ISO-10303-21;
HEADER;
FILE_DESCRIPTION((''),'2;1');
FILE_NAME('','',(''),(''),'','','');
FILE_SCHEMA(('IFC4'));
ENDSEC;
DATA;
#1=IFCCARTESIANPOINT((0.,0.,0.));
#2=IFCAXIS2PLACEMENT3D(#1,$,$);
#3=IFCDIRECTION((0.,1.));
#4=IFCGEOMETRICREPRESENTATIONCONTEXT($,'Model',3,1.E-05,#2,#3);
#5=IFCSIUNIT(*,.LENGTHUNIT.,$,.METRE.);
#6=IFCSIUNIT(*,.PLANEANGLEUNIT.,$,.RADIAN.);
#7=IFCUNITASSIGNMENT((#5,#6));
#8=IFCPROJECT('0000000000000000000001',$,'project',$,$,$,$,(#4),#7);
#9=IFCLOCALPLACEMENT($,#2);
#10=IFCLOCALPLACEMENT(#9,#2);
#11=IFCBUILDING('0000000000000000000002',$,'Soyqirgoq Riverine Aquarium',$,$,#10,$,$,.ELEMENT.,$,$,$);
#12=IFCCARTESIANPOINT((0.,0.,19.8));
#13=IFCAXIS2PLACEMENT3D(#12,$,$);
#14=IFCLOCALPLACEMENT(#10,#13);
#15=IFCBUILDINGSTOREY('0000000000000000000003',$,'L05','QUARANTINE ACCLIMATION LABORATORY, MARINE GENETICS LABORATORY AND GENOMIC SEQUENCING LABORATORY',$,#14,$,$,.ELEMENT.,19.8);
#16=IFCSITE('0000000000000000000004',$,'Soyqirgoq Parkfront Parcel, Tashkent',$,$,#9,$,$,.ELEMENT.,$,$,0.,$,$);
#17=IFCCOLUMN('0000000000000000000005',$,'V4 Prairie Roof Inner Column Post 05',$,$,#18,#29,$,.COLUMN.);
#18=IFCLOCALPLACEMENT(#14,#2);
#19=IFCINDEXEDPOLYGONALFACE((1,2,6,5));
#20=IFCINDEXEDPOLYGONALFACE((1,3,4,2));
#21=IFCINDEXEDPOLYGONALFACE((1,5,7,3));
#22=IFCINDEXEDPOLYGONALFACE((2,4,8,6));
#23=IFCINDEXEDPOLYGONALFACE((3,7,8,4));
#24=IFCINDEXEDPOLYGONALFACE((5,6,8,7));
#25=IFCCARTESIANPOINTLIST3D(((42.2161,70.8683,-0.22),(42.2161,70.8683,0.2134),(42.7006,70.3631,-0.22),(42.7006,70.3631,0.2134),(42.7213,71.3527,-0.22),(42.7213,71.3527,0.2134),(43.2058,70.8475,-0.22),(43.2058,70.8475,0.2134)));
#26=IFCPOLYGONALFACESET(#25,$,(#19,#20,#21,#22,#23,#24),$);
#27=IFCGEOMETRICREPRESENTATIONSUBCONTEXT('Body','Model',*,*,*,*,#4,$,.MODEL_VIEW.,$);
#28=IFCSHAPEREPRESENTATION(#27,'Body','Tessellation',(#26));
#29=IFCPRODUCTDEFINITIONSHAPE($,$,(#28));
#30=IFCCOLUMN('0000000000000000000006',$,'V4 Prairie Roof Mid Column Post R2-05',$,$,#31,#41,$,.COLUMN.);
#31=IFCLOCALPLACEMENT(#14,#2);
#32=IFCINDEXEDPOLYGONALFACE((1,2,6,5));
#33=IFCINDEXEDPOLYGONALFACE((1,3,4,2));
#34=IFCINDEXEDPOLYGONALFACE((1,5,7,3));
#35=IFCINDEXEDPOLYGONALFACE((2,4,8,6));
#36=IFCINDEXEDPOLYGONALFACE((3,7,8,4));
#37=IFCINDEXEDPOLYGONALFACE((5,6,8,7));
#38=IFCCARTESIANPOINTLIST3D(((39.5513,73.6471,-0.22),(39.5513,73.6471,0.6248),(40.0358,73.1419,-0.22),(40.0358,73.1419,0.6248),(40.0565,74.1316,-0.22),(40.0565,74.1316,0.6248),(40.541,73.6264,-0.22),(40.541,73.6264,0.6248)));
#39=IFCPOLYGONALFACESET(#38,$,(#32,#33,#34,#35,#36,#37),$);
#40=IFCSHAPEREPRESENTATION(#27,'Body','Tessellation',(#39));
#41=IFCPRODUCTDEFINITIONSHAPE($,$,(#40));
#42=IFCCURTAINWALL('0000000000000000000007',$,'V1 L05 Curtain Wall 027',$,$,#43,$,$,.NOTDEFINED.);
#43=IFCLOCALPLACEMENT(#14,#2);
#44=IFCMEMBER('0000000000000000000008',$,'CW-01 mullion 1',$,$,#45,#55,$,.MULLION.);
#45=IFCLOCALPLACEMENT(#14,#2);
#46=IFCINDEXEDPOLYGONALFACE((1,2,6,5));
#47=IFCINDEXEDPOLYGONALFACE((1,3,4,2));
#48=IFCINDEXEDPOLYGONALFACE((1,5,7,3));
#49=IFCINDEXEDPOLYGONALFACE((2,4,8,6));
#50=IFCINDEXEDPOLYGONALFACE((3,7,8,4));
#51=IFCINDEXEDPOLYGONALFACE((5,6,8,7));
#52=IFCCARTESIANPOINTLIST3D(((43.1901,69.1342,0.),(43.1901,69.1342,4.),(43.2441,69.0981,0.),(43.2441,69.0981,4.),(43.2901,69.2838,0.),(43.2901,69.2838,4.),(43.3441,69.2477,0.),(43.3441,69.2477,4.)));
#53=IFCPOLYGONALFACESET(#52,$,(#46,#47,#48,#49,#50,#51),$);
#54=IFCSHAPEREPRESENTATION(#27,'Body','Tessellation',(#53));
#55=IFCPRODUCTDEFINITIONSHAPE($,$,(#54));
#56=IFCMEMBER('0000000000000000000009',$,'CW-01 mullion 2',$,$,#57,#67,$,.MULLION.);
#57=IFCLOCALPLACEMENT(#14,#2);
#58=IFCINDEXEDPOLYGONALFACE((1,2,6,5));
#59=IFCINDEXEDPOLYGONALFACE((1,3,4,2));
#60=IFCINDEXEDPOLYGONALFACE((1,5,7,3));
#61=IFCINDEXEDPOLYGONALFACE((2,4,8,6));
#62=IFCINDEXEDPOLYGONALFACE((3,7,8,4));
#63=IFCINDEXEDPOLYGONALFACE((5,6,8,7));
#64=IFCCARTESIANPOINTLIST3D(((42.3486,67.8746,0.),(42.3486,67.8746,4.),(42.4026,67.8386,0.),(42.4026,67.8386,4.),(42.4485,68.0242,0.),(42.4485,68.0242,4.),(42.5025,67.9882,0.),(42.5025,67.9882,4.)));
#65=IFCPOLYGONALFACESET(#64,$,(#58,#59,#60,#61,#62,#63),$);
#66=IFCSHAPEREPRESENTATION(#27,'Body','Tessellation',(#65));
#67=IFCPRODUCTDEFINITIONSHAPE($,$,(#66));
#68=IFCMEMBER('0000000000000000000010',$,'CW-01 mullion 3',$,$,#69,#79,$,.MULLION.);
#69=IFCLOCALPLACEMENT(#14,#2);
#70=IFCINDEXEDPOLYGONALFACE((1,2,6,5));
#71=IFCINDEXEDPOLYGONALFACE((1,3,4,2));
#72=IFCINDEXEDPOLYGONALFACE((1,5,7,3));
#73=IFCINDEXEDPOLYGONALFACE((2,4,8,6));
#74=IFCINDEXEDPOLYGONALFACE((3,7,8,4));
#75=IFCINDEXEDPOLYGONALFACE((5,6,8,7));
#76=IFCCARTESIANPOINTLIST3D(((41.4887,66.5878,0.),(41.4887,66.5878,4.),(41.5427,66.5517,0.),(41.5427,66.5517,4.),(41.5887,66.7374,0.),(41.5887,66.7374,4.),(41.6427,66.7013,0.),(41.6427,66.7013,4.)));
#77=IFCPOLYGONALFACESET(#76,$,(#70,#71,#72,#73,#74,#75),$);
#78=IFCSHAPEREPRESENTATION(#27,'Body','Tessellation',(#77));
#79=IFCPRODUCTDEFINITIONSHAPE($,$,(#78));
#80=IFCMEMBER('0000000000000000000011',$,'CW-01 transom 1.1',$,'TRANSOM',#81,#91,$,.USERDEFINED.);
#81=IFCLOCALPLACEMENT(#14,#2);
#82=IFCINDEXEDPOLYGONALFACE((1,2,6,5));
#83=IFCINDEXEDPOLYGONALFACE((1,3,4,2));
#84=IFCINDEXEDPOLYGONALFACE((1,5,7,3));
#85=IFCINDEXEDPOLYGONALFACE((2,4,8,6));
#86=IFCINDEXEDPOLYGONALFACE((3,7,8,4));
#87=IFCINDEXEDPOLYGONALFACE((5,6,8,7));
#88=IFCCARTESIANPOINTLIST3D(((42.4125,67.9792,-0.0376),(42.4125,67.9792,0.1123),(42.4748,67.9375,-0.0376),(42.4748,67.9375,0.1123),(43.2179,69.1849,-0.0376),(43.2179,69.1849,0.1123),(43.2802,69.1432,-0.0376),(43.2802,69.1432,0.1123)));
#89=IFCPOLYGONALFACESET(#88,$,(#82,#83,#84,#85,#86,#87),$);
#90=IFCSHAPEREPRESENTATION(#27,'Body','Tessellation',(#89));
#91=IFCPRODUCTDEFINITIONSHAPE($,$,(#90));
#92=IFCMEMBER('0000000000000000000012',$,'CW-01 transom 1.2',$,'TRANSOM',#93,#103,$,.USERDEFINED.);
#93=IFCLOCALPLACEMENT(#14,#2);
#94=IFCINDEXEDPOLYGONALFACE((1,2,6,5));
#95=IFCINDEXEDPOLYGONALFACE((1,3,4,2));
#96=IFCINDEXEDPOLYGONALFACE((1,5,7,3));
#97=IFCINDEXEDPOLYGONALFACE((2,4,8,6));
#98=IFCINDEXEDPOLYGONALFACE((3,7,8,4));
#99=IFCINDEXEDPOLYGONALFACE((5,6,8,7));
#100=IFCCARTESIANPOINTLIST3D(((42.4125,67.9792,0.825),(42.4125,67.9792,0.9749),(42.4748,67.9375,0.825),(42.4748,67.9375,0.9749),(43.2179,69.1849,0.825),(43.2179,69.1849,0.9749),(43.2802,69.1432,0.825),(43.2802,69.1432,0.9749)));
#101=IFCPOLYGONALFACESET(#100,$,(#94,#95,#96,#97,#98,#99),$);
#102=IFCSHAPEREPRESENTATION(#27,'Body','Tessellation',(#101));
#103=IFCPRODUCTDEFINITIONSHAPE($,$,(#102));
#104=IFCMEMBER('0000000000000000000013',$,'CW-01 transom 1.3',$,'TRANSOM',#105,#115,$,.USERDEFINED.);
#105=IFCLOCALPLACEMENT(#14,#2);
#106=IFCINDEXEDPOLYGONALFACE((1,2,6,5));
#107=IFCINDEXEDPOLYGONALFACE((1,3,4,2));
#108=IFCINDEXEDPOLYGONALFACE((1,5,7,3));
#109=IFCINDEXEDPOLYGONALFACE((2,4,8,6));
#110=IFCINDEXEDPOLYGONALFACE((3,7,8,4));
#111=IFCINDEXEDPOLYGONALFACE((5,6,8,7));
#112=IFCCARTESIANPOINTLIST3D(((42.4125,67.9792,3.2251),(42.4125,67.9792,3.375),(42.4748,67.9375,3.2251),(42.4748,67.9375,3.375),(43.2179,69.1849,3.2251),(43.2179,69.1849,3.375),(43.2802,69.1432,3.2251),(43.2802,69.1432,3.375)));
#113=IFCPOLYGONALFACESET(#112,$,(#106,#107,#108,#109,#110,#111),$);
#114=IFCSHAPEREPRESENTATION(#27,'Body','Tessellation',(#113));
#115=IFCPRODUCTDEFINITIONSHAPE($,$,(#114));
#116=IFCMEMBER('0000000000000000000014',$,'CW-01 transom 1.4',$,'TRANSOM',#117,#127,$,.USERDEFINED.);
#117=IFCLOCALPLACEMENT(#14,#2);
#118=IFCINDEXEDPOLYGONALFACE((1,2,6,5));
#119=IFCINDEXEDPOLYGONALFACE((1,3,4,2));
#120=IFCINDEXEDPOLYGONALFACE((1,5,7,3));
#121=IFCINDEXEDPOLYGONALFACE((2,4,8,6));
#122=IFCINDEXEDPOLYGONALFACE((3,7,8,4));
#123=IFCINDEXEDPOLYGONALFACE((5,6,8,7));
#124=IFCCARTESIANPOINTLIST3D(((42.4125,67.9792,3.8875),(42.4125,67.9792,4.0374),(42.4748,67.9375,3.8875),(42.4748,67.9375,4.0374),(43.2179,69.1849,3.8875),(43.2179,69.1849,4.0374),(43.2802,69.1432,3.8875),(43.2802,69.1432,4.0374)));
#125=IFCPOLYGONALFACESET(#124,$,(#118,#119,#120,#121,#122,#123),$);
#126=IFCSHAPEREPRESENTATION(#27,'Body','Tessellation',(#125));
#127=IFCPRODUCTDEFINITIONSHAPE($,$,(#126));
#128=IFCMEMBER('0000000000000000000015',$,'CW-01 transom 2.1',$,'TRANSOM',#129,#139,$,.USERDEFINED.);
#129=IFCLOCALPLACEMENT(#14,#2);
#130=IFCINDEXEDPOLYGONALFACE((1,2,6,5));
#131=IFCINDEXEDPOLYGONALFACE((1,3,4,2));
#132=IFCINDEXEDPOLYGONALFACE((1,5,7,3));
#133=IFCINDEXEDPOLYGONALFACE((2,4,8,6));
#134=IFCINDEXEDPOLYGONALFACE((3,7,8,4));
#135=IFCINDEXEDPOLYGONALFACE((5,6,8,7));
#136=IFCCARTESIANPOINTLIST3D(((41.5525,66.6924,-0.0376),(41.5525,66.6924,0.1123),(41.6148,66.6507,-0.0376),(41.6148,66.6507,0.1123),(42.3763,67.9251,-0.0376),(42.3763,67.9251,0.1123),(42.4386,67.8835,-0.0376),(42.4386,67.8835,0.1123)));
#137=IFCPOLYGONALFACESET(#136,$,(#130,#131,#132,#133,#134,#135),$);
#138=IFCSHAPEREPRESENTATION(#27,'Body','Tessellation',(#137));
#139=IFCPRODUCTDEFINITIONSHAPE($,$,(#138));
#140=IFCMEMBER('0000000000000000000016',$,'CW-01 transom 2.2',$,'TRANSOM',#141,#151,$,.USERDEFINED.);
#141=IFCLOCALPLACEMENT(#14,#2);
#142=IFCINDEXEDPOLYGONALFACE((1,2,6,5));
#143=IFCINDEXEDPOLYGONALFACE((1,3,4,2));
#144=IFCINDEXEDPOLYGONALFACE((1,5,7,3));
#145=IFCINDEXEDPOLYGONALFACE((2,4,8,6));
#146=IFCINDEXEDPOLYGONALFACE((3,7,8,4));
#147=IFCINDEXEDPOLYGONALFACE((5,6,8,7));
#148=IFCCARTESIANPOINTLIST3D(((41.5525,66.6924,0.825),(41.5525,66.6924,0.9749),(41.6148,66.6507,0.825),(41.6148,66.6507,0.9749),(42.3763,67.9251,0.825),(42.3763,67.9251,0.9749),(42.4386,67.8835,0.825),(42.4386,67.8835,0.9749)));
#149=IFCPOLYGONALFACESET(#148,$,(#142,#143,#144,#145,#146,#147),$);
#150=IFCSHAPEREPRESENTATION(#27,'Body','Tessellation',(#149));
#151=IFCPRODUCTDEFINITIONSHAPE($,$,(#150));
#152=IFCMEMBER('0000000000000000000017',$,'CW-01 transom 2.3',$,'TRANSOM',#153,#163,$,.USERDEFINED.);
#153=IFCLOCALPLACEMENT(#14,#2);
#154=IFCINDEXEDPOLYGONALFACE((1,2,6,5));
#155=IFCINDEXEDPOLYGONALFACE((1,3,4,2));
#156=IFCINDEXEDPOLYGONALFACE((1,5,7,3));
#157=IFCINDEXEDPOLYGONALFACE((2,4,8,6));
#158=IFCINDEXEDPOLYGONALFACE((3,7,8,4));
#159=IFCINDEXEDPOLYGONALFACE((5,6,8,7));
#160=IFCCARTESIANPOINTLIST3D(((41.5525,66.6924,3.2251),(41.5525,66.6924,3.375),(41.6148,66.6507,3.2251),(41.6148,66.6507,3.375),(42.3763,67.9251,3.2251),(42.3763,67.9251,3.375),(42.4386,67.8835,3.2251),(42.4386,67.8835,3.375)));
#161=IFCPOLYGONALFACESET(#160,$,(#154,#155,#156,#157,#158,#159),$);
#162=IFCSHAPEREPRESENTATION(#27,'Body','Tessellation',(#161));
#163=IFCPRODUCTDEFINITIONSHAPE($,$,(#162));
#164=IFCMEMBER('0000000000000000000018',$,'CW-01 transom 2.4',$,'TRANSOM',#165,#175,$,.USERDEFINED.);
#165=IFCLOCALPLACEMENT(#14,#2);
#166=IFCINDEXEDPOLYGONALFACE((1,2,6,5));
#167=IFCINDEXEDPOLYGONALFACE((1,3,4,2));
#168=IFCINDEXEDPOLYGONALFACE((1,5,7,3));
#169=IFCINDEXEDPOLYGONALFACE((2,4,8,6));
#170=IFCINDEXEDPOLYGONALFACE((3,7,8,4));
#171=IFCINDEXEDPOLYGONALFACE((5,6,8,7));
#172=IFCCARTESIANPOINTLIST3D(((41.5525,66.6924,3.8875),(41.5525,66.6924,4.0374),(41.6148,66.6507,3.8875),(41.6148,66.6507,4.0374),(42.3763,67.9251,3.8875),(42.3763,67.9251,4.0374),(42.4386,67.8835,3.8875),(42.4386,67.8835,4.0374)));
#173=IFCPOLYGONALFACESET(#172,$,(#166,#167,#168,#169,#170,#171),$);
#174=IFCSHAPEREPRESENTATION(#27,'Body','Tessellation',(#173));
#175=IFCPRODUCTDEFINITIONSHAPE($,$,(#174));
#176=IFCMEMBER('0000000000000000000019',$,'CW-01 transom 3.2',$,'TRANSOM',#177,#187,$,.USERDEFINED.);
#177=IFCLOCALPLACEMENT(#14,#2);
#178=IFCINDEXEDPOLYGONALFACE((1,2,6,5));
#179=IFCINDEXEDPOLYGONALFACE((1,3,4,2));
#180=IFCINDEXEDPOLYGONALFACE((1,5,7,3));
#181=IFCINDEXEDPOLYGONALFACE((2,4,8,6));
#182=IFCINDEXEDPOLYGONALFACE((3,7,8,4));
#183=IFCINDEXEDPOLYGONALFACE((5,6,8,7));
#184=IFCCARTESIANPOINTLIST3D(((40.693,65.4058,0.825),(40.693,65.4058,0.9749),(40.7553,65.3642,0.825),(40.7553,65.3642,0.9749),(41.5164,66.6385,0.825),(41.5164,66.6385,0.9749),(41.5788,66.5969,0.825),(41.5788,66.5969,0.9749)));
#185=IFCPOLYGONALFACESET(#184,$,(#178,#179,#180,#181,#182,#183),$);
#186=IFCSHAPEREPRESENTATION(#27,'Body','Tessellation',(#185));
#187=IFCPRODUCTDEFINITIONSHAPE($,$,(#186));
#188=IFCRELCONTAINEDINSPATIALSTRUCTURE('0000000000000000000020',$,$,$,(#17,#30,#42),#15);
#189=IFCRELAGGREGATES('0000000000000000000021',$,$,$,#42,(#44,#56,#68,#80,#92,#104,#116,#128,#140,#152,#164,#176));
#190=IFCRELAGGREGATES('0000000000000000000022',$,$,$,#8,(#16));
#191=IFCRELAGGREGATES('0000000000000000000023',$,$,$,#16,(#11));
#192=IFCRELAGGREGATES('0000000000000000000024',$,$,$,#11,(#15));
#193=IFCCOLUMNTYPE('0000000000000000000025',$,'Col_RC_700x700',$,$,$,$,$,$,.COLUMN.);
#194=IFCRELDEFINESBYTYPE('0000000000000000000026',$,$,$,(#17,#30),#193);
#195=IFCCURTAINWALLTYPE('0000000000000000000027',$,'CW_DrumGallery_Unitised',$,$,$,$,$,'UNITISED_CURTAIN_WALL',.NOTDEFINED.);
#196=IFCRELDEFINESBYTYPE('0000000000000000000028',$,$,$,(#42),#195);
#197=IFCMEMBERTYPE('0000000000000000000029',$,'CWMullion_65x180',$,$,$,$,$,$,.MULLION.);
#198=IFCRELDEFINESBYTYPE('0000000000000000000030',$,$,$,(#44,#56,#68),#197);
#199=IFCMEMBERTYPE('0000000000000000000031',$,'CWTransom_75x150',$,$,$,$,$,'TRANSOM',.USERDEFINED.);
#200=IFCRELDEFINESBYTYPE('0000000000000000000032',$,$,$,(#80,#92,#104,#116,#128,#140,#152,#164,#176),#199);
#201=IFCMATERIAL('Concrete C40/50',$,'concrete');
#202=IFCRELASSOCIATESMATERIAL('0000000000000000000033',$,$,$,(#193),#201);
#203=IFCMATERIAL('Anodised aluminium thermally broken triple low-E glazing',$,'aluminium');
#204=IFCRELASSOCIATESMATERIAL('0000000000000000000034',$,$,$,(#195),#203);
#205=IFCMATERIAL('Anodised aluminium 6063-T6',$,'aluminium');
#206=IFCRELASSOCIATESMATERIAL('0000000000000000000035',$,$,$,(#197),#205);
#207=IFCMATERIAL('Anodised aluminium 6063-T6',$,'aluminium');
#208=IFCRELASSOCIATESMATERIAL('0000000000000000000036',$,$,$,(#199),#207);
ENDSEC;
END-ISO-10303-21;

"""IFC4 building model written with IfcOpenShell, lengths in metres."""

from ifc_helpers import new_model, si_unit, direction, frame, origin, origin_2d, place, context, subcontext, project, spatial, rectangle, extrude, material, material_profile, profile_set, type_object, element, aggregate, save


model = new_model("IFC4")

# Units and contexts
model_context = context("Model", 3, precision=1e-05, world=origin(), true_north=direction((0.0, 1.0)))
body_context = subcontext(model_context, "Body", "Model", "MODEL_VIEW")
ifc_project = project(units=[si_unit("LENGTHUNIT", "METRE"), si_unit("PLANEANGLEUNIT", "RADIAN")], contexts=[model_context])

# Site, building, storey
site_placement = place(None, origin())
site = spatial("IfcSite", under=ifc_project, at=site_placement, Name="Soyqirgoq Parkfront Parcel, Tashkent", CompositionType="ELEMENT", RefElevation=0.0)
building_placement = place(site_placement, origin())
building = spatial("IfcBuilding", under=site, at=building_placement, Name="Soyqirgoq Riverine Aquarium", CompositionType="ELEMENT")
storey_placement = place(building_placement, frame((0.0, 0.0, 19.8)))
storey = spatial("IfcBuildingStorey", under=building, at=storey_placement, Name="L05", Description="QUARANTINE ACCLIMATION LABORATORY, MARINE GENETICS LABORATORY AND GENOMIC SEQUENCING LABORATORY", CompositionType="ELEMENT", Elevation=19.8)

# Columns
ifc_material_1 = material(Name="Concrete C40/50", Category="concrete")
ifc_material_profile_1 = material_profile(ifc_material_1, rectangle(XDim=0.7, YDim=0.7, at=origin_2d()), Name="RC 700x700")
ifc_profile_set_1 = profile_set([ifc_material_profile_1], Name="Concrete C40/50")
column_type_1 = type_object("IfcColumnType", Name="Col_RC_700x700", PredefinedType="COLUMN", material=ifc_profile_set_1)
column_1_placement = place(storey_placement, frame((42.7109, 70.8579, -0.22), z_axis=(0.0, 0.0, 1.0), x_axis=(-0.692143, 0.72176, 0.0)))
element("IfcColumn", 1, at=column_1_placement, inside=storey, type_object=column_type_1, Name="V4 Prairie Roof Inner Column Post 05", PredefinedType="COLUMN", context=body_context, shape_type="SweptSolid", body=[
    extrude(rectangle(XDim=0.7, YDim=0.7, at=origin_2d()), origin(), (0.0, 0.0, 1.0), 0.4333),
])
column_2_placement = place(storey_placement, frame((40.0461, 73.6367, -0.22), z_axis=(0.0, 0.0, 1.0), x_axis=(-0.692143, 0.72176, 0.0)))
element("IfcColumn", 2, at=column_2_placement, inside=storey, type_object=column_type_1, Name="V4 Prairie Roof Mid Column Post R2-05", PredefinedType="COLUMN", context=body_context, shape_type="SweptSolid", body=[
    extrude(rectangle(XDim=0.7, YDim=0.7, at=origin_2d()), origin(), (0.0, 0.0, 1.0), 0.8447),
])

# Curtain wall, members
ifc_material_2 = material(Name="Anodised aluminium thermally broken triple low-E glazing", Category="aluminium")
curtain_wall_type = type_object("IfcCurtainWallType", Name="CW_DrumGallery_Unitised", ElementType="UNITISED_CURTAIN_WALL", PredefinedType="NOTDEFINED", material=ifc_material_2)
curtain_wall_placement = place(storey_placement, origin())
curtain_wall = element("IfcCurtainWall", 3, at=curtain_wall_placement, inside=storey, type_object=curtain_wall_type, Name="V1 L05 Curtain Wall 027", PredefinedType="NOTDEFINED")
ifc_material_3 = material(Name="Anodised aluminium 6063-T6", Category="aluminium")
ifc_material_profile_2 = material_profile(ifc_material_3, rectangle(XDim=0.0649, YDim=0.1799, at=origin_2d()), Name="ALU-M 65x180")
ifc_profile_set_2 = profile_set([ifc_material_profile_2], Name="Anodised aluminium 6063-T6")
member_type_1 = type_object("IfcMemberType", Name="CWMullion_65x180", PredefinedType="MULLION", material=ifc_profile_set_2)
member_1_placement = place(storey_placement, frame((43.2671, 69.1909, 0.0), z_axis=(0.0, 0.0, 1.0), x_axis=(0.831476, -0.555561, 0.0)))
member_1 = element("IfcMember", 4, at=member_1_placement, type_object=member_type_1, Name="CW-01 mullion 1", PredefinedType="MULLION", context=body_context, shape_type="SweptSolid", body=[
    extrude(rectangle(XDim=0.0649, YDim=0.1799, at=origin_2d()), origin(), (0.0, 0.0, 1.0), 4.0),
])
member_2_placement = place(storey_placement, frame((42.4255, 67.9314, 0.0), z_axis=(0.0, 0.0, 1.0), x_axis=(0.831476, -0.555561, 0.0)))
member_2 = element("IfcMember", 5, at=member_2_placement, type_object=member_type_1, Name="CW-01 mullion 2", PredefinedType="MULLION", context=body_context, shape_type="SweptSolid", body=[
    extrude(rectangle(XDim=0.0649, YDim=0.1799, at=origin_2d()), origin(), (0.0, 0.0, 1.0), 4.0),
])
member_3_placement = place(storey_placement, frame((41.5657, 66.6445, 0.0), z_axis=(0.0, 0.0, 1.0), x_axis=(0.831476, -0.555561, 0.0)))
member_3 = element("IfcMember", 6, at=member_3_placement, type_object=member_type_1, Name="CW-01 mullion 3", PredefinedType="MULLION", context=body_context, shape_type="SweptSolid", body=[
    extrude(rectangle(XDim=0.0649, YDim=0.1799, at=origin_2d()), origin(), (0.0, 0.0, 1.0), 4.0),
])
ifc_material_4 = material(Name="Anodised aluminium 6063-T6", Category="aluminium")
ifc_material_profile_3 = material_profile(ifc_material_4, rectangle(XDim=0.075, YDim=0.1499, at=origin_2d()), Name="ALU-T 75x150")
ifc_profile_set_3 = profile_set([ifc_material_profile_3], Name="Anodised aluminium 6063-T6")
member_type_2 = type_object("IfcMemberType", Name="CWTransom_75x150", ElementType="TRANSOM", PredefinedType="USERDEFINED", material=ifc_profile_set_3)
member_4_placement = place(storey_placement, frame((43.249, 69.1641, 0.0374), z_axis=(-0.555438, -0.831558, 0.0), x_axis=(0.831558, -0.555438, 0.0)))
member_4 = element("IfcMember", 7, at=member_4_placement, type_object=member_type_2, Name="CW-01 transom 1.1", ObjectType="TRANSOM", PredefinedType="USERDEFINED", context=body_context, shape_type="SweptSolid", body=[
    extrude(rectangle(XDim=0.075, YDim=0.1499, at=origin_2d()), origin(), (0.0, 0.0, 1.0), 1.45),
])
member_5_placement = place(storey_placement, frame((43.249, 69.1641, 0.8999), z_axis=(-0.555438, -0.831558, 0.0), x_axis=(0.831558, -0.555438, 0.0)))
member_5 = element("IfcMember", 8, at=member_5_placement, type_object=member_type_2, Name="CW-01 transom 1.2", ObjectType="TRANSOM", PredefinedType="USERDEFINED", context=body_context, shape_type="SweptSolid", body=[
    extrude(rectangle(XDim=0.075, YDim=0.1499, at=origin_2d()), origin(), (0.0, 0.0, 1.0), 1.45),
])
member_6_placement = place(storey_placement, frame((43.249, 69.1641, 3.3), z_axis=(-0.555438, -0.831558, 0.0), x_axis=(0.831558, -0.555438, 0.0)))
member_6 = element("IfcMember", 9, at=member_6_placement, type_object=member_type_2, Name="CW-01 transom 1.3", ObjectType="TRANSOM", PredefinedType="USERDEFINED", context=body_context, shape_type="SweptSolid", body=[
    extrude(rectangle(XDim=0.075, YDim=0.1499, at=origin_2d()), origin(), (0.0, 0.0, 1.0), 1.45),
])
member_7_placement = place(storey_placement, frame((43.249, 69.1641, 3.9624), z_axis=(-0.555438, -0.831558, 0.0), x_axis=(0.831558, -0.555438, 0.0)))
member_7 = element("IfcMember", 10, at=member_7_placement, type_object=member_type_2, Name="CW-01 transom 1.4", ObjectType="TRANSOM", PredefinedType="USERDEFINED", context=body_context, shape_type="SweptSolid", body=[
    extrude(rectangle(XDim=0.075, YDim=0.1499, at=origin_2d()), origin(), (0.0, 0.0, 1.0), 1.45),
])
member_8_placement = place(storey_placement, frame((42.4075, 67.9043, 0.0374), z_axis=(-0.555612, -0.831442, 0.0), x_axis=(0.831442, -0.555612, 0.0)))
member_8 = element("IfcMember", 11, at=member_8_placement, type_object=member_type_2, Name="CW-01 transom 2.1", ObjectType="TRANSOM", PredefinedType="USERDEFINED", context=body_context, shape_type="SweptSolid", body=[
    extrude(rectangle(XDim=0.075, YDim=0.1499, at=origin_2d()), origin(), (0.0, 0.0, 1.0), 1.4827),
])
member_9_placement = place(storey_placement, frame((42.4075, 67.9043, 0.8999), z_axis=(-0.555612, -0.831442, 0.0), x_axis=(0.831442, -0.555612, 0.0)))
member_9 = element("IfcMember", 12, at=member_9_placement, type_object=member_type_2, Name="CW-01 transom 2.2", ObjectType="TRANSOM", PredefinedType="USERDEFINED", context=body_context, shape_type="SweptSolid", body=[
    extrude(rectangle(XDim=0.075, YDim=0.1499, at=origin_2d()), origin(), (0.0, 0.0, 1.0), 1.4827),
])
member_10_placement = place(storey_placement, frame((42.4075, 67.9043, 3.3), z_axis=(-0.555612, -0.831442, 0.0), x_axis=(0.831442, -0.555612, 0.0)))
member_10 = element("IfcMember", 13, at=member_10_placement, type_object=member_type_2, Name="CW-01 transom 2.3", ObjectType="TRANSOM", PredefinedType="USERDEFINED", context=body_context, shape_type="SweptSolid", body=[
    extrude(rectangle(XDim=0.075, YDim=0.1499, at=origin_2d()), origin(), (0.0, 0.0, 1.0), 1.4827),
])
member_11_placement = place(storey_placement, frame((42.4075, 67.9043, 3.9624), z_axis=(-0.555612, -0.831442, 0.0), x_axis=(0.831442, -0.555612, 0.0)))
member_11 = element("IfcMember", 14, at=member_11_placement, type_object=member_type_2, Name="CW-01 transom 2.4", ObjectType="TRANSOM", PredefinedType="USERDEFINED", context=body_context, shape_type="SweptSolid", body=[
    extrude(rectangle(XDim=0.075, YDim=0.1499, at=origin_2d()), origin(), (0.0, 0.0, 1.0), 1.4827),
])
member_12_placement = place(storey_placement, frame((41.5476, 66.6177, 0.8999), z_axis=(-0.555498, -0.831518, 0.0), x_axis=(0.831518, -0.555498, 0.0)))
member_12 = element("IfcMember", 15, at=member_12_placement, type_object=member_type_2, Name="CW-01 transom 3.2", ObjectType="TRANSOM", PredefinedType="USERDEFINED", context=body_context, shape_type="SweptSolid", body=[
    extrude(rectangle(XDim=0.075, YDim=0.1499, at=origin_2d()), origin(), (0.0, 0.0, 1.0), 1.4824),
])

aggregate(curtain_wall, [member_1, member_2, member_3, member_4, member_5, member_6, member_7, member_8, member_9, member_10, member_11, member_12])

save(model, "model.ifc")
